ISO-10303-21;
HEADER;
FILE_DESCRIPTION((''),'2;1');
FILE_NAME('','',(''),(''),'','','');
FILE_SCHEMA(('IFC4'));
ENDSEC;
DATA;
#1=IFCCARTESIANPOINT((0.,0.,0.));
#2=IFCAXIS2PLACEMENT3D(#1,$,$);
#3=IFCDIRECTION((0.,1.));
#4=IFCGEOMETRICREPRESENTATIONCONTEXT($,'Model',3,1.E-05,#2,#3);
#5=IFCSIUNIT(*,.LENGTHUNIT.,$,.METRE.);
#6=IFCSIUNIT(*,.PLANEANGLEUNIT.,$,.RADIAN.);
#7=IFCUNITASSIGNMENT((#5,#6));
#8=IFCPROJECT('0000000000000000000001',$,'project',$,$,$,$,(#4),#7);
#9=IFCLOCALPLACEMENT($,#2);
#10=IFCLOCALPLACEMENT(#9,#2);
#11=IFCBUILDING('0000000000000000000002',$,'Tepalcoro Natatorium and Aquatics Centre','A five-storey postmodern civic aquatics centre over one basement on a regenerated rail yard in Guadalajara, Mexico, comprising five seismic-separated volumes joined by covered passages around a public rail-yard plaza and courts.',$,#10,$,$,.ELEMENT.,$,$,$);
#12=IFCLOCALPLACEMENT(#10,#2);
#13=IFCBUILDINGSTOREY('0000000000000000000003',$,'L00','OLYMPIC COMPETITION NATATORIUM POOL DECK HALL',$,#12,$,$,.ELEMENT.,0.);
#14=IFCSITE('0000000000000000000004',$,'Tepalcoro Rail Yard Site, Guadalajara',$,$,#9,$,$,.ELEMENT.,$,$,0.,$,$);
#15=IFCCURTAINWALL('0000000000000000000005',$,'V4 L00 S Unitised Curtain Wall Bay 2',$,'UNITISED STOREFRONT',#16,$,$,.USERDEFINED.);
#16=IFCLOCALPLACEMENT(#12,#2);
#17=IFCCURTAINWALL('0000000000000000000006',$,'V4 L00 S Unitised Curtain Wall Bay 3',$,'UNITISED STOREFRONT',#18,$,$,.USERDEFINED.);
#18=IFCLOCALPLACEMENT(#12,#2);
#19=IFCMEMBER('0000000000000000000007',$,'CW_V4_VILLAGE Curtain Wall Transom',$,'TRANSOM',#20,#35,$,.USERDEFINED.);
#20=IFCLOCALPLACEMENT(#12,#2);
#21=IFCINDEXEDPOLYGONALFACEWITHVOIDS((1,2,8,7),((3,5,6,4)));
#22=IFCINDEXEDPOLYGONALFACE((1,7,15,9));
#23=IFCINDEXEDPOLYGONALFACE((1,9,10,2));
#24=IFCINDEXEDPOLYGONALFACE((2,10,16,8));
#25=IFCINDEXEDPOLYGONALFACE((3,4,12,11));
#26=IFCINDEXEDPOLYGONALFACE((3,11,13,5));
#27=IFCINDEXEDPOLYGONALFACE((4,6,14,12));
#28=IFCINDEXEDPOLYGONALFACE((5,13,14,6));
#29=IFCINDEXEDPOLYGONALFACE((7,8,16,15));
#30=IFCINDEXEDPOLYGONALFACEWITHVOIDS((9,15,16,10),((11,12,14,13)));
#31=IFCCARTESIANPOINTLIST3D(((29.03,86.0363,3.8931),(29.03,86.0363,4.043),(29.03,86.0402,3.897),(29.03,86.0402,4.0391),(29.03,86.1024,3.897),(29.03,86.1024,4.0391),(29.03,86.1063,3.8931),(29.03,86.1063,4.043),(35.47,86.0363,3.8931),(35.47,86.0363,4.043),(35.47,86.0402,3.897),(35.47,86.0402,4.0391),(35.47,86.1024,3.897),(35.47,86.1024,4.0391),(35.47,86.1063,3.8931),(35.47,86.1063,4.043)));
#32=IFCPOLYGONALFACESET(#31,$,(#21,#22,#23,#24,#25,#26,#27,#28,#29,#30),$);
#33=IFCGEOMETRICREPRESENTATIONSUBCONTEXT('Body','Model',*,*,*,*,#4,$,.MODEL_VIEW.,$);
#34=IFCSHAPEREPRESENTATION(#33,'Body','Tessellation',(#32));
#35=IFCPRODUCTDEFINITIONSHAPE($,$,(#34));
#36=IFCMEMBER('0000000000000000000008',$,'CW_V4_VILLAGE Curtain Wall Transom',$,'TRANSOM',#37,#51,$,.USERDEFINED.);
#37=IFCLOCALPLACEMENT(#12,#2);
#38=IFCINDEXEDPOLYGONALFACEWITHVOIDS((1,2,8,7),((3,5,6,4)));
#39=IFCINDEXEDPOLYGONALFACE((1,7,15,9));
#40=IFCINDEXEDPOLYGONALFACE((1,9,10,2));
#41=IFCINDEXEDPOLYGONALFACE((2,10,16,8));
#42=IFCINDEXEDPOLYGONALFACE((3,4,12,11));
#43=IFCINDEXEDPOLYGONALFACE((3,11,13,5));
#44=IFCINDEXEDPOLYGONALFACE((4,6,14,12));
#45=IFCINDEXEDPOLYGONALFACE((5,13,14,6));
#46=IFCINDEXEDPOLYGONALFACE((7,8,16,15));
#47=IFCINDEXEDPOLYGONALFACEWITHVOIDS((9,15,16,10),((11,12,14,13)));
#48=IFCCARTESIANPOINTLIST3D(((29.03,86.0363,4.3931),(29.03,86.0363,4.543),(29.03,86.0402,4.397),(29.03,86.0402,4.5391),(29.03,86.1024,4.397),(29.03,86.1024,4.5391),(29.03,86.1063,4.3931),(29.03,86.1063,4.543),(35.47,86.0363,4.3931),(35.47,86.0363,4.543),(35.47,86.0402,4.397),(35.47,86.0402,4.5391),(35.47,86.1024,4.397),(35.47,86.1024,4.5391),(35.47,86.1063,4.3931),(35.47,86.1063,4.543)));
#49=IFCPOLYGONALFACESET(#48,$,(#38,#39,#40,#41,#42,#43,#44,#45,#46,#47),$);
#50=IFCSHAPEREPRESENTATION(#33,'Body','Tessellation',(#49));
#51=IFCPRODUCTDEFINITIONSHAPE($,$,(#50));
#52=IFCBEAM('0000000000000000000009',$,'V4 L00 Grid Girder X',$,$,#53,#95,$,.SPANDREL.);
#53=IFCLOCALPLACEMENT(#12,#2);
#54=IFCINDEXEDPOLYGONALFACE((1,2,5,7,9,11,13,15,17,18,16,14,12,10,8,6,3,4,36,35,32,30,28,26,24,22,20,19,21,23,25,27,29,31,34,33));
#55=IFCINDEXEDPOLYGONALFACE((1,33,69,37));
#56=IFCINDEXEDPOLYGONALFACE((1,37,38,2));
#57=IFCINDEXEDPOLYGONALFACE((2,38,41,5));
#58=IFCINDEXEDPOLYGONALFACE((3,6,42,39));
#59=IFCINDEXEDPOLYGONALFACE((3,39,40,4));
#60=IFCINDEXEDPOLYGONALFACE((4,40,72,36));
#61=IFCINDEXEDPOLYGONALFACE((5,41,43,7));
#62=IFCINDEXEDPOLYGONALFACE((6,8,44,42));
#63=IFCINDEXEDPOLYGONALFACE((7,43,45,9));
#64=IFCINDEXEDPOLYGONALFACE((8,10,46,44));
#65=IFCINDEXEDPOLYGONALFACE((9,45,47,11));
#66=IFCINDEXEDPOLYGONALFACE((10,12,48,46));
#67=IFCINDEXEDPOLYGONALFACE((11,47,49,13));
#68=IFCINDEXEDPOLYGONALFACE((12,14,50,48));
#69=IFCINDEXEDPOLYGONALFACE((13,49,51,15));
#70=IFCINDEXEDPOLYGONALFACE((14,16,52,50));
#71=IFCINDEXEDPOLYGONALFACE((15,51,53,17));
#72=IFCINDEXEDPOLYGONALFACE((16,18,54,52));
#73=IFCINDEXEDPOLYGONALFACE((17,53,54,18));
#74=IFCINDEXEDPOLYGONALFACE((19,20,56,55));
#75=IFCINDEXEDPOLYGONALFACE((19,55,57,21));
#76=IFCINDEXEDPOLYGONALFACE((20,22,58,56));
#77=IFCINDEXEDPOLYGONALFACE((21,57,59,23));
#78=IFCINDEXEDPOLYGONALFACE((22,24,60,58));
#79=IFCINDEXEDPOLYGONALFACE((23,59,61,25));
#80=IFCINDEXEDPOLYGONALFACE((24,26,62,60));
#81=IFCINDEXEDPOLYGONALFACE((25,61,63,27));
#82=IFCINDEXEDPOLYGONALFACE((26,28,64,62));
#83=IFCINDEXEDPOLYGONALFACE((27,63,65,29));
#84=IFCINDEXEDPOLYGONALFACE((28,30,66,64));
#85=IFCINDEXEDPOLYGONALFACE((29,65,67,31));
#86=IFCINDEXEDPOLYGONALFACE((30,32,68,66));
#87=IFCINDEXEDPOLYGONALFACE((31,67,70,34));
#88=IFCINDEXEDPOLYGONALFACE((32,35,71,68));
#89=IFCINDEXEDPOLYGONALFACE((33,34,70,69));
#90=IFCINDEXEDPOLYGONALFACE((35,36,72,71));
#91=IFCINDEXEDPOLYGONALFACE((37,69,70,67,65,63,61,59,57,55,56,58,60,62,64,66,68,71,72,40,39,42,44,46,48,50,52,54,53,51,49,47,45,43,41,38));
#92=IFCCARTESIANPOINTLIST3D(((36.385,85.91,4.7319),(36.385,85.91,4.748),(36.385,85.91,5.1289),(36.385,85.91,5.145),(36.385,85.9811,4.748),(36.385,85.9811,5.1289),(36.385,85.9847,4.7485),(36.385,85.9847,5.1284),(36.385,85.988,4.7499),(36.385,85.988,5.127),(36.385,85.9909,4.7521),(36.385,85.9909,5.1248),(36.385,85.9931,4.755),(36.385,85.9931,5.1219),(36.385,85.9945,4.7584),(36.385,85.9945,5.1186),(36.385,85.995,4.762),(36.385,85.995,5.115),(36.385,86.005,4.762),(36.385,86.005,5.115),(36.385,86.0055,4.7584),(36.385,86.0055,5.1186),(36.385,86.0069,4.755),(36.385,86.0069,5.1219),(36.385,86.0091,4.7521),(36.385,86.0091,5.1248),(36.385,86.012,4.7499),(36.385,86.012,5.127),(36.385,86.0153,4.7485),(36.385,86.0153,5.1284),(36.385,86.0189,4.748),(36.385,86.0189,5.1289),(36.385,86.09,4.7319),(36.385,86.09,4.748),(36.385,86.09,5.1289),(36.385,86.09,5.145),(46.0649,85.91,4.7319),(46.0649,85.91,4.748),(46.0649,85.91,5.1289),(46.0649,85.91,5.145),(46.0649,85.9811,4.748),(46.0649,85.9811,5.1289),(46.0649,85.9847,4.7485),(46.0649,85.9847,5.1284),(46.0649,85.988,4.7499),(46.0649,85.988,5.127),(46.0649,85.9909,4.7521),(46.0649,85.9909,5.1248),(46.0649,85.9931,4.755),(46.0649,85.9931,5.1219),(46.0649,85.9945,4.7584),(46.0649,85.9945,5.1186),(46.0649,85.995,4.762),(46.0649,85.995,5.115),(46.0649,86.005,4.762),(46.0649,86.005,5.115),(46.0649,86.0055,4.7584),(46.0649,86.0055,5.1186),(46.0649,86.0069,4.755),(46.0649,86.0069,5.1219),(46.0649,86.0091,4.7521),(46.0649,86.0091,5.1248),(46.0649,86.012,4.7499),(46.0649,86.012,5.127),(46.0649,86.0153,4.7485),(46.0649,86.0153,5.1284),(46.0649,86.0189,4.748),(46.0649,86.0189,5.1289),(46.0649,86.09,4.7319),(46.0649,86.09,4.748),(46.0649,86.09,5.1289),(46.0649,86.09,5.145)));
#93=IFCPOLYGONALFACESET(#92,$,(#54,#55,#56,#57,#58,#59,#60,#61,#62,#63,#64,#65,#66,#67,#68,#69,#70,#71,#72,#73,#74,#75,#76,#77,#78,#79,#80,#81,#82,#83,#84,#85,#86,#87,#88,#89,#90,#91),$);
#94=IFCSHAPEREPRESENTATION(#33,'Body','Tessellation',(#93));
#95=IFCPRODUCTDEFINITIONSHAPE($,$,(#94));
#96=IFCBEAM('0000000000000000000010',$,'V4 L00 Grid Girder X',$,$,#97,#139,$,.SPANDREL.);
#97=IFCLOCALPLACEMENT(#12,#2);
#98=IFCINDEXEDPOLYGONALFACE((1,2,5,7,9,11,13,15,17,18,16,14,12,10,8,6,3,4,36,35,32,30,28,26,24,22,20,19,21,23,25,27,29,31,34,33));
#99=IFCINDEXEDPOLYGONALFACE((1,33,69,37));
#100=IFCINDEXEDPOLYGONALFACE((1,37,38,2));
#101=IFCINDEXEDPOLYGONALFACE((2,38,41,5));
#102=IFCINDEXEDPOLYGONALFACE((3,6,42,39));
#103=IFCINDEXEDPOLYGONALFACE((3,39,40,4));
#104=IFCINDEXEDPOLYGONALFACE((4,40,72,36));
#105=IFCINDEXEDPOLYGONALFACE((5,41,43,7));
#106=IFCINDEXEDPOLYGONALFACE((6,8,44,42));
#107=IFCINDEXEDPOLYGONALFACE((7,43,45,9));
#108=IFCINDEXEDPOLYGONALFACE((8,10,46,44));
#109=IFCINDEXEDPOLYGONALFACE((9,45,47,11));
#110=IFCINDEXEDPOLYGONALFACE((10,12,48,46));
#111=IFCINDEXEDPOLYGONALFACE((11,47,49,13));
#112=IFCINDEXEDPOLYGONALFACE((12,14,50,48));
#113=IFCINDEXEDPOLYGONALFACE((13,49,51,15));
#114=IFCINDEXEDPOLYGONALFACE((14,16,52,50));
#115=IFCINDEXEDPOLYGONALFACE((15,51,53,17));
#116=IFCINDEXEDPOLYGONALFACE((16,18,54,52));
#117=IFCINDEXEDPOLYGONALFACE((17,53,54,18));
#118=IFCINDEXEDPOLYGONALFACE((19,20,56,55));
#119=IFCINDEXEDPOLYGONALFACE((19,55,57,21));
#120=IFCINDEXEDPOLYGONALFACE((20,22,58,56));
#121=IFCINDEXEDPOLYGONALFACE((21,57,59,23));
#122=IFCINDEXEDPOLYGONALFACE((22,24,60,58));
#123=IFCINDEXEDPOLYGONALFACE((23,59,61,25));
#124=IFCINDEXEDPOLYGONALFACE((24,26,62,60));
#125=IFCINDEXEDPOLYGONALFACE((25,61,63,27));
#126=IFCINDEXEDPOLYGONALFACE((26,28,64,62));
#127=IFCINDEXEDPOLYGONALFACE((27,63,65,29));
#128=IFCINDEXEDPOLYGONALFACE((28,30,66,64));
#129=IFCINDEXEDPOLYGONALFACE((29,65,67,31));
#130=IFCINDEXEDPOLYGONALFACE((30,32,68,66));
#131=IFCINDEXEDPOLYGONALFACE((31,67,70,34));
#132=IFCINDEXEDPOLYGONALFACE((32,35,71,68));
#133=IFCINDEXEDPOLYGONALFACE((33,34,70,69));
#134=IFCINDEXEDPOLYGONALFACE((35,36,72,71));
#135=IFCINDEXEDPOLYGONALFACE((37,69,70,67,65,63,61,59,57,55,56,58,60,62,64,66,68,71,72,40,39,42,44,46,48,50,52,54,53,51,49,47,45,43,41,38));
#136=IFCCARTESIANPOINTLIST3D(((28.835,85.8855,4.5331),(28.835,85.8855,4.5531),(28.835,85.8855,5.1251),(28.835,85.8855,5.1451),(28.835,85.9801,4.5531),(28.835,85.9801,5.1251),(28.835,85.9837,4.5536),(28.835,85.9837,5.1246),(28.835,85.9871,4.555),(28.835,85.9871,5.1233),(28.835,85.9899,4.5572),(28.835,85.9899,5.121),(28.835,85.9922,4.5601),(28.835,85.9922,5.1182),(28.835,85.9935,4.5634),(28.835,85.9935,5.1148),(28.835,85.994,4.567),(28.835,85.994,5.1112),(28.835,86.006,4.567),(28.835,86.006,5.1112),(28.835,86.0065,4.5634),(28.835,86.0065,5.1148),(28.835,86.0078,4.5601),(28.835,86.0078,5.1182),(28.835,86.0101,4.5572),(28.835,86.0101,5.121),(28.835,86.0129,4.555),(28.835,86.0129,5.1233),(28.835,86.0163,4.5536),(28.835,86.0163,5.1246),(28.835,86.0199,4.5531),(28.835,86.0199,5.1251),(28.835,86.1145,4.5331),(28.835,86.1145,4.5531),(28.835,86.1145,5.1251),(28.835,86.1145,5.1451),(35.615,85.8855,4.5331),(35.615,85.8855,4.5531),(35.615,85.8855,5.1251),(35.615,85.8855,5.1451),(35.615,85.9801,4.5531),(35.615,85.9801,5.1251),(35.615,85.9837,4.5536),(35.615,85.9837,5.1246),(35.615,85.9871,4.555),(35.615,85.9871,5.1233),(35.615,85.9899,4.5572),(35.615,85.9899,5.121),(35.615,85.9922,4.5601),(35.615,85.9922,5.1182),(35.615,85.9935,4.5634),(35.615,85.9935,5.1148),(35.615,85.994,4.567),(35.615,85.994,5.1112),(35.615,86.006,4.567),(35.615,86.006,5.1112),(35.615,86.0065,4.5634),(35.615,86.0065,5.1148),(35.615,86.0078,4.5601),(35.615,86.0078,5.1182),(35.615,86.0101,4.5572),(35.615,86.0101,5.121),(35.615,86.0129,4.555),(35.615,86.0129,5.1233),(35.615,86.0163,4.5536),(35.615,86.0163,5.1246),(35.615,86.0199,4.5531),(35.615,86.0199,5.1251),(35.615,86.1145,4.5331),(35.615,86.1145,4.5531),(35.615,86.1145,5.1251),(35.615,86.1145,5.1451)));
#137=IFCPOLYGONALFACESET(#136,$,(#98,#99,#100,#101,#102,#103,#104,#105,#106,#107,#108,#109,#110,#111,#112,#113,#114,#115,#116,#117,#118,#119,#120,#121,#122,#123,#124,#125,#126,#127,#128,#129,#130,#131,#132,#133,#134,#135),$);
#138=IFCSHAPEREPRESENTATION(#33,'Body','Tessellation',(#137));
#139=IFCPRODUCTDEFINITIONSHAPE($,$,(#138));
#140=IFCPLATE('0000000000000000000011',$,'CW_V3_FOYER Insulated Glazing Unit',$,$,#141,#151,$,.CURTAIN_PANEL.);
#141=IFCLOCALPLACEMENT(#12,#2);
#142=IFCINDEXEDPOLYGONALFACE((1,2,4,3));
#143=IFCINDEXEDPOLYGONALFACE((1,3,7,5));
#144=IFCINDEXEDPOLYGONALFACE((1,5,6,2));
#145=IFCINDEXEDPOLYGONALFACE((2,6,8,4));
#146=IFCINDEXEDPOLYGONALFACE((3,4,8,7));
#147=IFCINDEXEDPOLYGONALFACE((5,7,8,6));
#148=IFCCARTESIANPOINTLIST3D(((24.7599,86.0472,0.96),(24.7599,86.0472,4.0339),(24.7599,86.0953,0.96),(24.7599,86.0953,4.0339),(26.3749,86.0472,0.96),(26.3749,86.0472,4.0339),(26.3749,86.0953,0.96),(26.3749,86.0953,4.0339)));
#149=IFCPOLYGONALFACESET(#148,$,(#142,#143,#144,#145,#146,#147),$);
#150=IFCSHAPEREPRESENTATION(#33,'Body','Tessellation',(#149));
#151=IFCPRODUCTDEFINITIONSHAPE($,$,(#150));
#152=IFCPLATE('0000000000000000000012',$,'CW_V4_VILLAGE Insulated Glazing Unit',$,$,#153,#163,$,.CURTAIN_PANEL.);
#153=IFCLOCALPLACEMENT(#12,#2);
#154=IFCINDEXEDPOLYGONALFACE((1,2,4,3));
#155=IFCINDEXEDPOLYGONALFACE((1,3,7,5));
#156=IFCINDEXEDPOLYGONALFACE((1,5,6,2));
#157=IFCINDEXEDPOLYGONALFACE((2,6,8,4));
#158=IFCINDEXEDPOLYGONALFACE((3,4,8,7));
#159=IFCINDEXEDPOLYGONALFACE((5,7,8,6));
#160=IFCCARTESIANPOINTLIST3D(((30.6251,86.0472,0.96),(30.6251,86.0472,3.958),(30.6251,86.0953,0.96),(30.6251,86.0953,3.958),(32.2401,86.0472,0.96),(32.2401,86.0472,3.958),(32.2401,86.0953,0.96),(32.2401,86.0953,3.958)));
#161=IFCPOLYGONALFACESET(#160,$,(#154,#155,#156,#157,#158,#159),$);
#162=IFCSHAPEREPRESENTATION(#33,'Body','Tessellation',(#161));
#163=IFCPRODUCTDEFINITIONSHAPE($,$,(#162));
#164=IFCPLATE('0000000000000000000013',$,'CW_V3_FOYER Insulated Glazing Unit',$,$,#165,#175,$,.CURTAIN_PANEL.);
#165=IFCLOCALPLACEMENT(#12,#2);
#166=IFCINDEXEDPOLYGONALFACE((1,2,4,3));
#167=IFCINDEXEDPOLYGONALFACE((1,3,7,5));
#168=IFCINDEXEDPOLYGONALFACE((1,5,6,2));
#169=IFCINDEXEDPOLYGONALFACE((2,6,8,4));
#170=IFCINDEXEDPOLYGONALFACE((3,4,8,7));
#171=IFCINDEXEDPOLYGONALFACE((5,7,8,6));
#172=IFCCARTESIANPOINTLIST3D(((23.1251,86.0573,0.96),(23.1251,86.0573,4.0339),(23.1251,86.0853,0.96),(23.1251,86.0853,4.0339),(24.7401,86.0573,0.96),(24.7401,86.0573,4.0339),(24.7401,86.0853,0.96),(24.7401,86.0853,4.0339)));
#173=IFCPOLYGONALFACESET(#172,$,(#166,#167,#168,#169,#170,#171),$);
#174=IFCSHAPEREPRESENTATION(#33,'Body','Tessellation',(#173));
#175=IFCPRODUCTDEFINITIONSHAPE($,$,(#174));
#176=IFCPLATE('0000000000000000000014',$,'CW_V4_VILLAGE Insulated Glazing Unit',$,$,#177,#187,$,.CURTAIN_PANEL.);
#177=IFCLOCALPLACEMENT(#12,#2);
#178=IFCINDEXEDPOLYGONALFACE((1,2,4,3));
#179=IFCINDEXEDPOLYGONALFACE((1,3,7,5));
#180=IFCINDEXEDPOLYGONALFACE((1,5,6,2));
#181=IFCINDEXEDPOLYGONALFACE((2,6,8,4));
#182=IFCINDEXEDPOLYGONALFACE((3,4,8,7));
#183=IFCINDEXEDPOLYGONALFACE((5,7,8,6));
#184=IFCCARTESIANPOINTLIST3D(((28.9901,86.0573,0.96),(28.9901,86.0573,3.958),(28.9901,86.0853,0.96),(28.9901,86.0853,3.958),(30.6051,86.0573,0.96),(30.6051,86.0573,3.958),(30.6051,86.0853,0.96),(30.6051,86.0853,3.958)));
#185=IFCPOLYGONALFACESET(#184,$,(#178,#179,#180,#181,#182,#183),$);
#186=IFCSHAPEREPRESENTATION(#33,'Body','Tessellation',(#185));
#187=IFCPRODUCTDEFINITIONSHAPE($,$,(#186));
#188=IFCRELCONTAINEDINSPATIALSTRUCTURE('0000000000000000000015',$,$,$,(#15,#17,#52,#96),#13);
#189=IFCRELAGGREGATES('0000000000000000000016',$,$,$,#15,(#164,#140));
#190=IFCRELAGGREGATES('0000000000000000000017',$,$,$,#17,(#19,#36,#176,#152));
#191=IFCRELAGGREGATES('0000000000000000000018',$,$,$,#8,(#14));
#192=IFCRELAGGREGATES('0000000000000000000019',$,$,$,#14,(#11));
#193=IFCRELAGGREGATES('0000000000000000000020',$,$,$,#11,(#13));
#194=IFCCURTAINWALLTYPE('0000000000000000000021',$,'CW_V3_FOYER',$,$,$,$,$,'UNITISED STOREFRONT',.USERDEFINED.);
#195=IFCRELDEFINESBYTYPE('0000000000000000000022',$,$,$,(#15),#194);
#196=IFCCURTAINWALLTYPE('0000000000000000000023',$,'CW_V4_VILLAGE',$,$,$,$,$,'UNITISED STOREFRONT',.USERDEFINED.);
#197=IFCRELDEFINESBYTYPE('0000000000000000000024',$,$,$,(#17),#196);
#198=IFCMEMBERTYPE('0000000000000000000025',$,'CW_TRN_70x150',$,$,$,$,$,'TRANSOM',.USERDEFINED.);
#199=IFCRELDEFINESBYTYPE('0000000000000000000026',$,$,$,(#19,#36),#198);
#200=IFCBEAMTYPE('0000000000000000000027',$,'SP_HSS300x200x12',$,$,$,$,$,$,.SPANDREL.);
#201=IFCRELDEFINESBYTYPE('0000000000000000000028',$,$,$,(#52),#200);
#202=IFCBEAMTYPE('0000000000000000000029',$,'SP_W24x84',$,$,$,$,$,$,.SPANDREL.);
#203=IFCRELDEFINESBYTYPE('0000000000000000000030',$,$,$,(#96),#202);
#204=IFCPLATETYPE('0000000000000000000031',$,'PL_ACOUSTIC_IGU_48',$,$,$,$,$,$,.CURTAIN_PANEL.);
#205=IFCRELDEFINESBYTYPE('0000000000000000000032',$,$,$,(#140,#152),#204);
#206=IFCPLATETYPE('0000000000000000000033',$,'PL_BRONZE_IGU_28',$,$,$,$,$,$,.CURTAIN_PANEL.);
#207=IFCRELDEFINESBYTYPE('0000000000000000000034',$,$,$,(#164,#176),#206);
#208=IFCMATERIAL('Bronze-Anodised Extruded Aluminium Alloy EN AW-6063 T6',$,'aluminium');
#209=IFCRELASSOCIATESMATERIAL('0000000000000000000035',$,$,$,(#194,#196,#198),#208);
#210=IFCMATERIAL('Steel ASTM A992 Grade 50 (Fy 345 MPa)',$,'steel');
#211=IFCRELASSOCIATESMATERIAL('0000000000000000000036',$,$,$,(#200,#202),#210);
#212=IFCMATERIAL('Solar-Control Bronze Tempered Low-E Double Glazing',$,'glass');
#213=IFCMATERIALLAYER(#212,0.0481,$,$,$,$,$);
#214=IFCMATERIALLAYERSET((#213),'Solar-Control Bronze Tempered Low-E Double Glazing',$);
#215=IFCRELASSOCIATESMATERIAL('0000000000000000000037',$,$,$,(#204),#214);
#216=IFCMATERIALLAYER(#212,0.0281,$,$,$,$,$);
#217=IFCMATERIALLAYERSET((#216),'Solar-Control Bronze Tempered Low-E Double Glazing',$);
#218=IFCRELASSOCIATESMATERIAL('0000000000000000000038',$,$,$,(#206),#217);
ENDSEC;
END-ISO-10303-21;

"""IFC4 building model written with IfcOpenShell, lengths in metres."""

from ifc_helpers import new_model, si_unit, direction, frame, origin, origin_2d, place, context, subcontext, project, spatial, rectangle, hollow_rectangle, i_section, extrude, material, layer, layer_set, material_profile, profile_set, type_object, element, aggregate, save


model = new_model("IFC4")

# Units and contexts
model_context = context("Model", 3, precision=1e-05, world=origin(), true_north=direction((0.0, 1.0)))
body_context = subcontext(model_context, "Body", "Model", "MODEL_VIEW")
ifc_project = project(units=[si_unit("LENGTHUNIT", "METRE"), si_unit("PLANEANGLEUNIT", "RADIAN")], contexts=[model_context])

# Site, building, storey
site_placement = place(None, origin())
site = spatial("IfcSite", under=ifc_project, at=site_placement, Name="Tepalcoro Rail Yard Site, Guadalajara", CompositionType="ELEMENT", RefElevation=0.0)
building_placement = place(site_placement, origin())
building = spatial("IfcBuilding", under=site, at=building_placement, Name="Tepalcoro Natatorium and Aquatics Centre", Description="A five-storey postmodern civic aquatics centre over one basement on a regenerated rail yard in Guadalajara, Mexico, comprising five seismic-separated volumes joined by covered passages around a public rail-yard plaza and courts.", CompositionType="ELEMENT")
storey_placement = place(building_placement, origin())
storey = spatial("IfcBuildingStorey", under=building, at=storey_placement, Name="L00", Description="OLYMPIC COMPETITION NATATORIUM POOL DECK HALL", CompositionType="ELEMENT", Elevation=0.0)

# Curtain walls, members
ifc_material_1 = material(Name="Bronze-Anodised Extruded Aluminium Alloy EN AW-6063 T6", Category="aluminium")
curtain_wall_type_1 = type_object("IfcCurtainWallType", Name="CW_V3_FOYER", ElementType="UNITISED STOREFRONT", PredefinedType="USERDEFINED", material=ifc_material_1)
curtain_wall_1_placement = place(storey_placement, origin())
curtain_wall_1 = element("IfcCurtainWall", 1, at=curtain_wall_1_placement, inside=storey, type_object=curtain_wall_type_1, Name="V4 L00 S Unitised Curtain Wall Bay 2", ObjectType="UNITISED STOREFRONT", PredefinedType="USERDEFINED")
curtain_wall_type_2 = type_object("IfcCurtainWallType", Name="CW_V4_VILLAGE", ElementType="UNITISED STOREFRONT", PredefinedType="USERDEFINED", material=ifc_material_1)
curtain_wall_2_placement = place(storey_placement, origin())
curtain_wall_2 = element("IfcCurtainWall", 2, at=curtain_wall_2_placement, inside=storey, type_object=curtain_wall_type_2, Name="V4 L00 S Unitised Curtain Wall Bay 3", ObjectType="UNITISED STOREFRONT", PredefinedType="USERDEFINED")
ifc_material_profile_1 = material_profile(ifc_material_1, hollow_rectangle(XDim=0.0701, YDim=0.1499, WallThickness=0.0039, at=origin_2d()), Name="AL70X150X4")
ifc_profile_set_1 = profile_set([ifc_material_profile_1], Name="Bronze-Anodised Extruded Aluminium Alloy EN AW-6063 T6")
member_type_1 = type_object("IfcMemberType", Name="CW_TRN_70x150", ElementType="TRANSOM", PredefinedType="USERDEFINED", material=ifc_profile_set_1)
member_1_placement = place(storey_placement, frame((29.03, 86.0713, 3.968), z_axis=(1.0, 0.0, 0.0), x_axis=(0.0, 1.0, 0.0)))
member_1 = element("IfcMember", 3, at=member_1_placement, type_object=member_type_1, Name="CW_V4_VILLAGE Curtain Wall Transom", ObjectType="TRANSOM", PredefinedType="USERDEFINED", context=body_context, shape_type="SweptSolid", body=[
    extrude(hollow_rectangle(XDim=0.0701, YDim=0.1499, WallThickness=0.0039, at=origin_2d()), origin(), (0.0, 0.0, 1.0), 6.4399),
])
member_2_placement = place(storey_placement, frame((29.03, 86.0713, 4.468), z_axis=(1.0, 0.0, 0.0), x_axis=(0.0, 1.0, 0.0)))
member_2 = element("IfcMember", 4, at=member_2_placement, type_object=member_type_1, Name="CW_V4_VILLAGE Curtain Wall Transom", ObjectType="TRANSOM", PredefinedType="USERDEFINED", context=body_context, shape_type="SweptSolid", body=[
    extrude(hollow_rectangle(XDim=0.0701, YDim=0.1499, WallThickness=0.0039, at=origin_2d()), origin(), (0.0, 0.0, 1.0), 6.4399),
])

# Beams
ifc_material_2 = material(Name="Steel ASTM A992 Grade 50 (Fy 345 MPa)", Category="steel")
ifc_material_profile_2 = material_profile(ifc_material_2, i_section(OverallWidth=0.1799, OverallDepth=0.4131, WebThickness=0.01, FlangeThickness=0.0161, FilletRadius=0.0139, at=origin_2d()), Name="W16X50")
ifc_profile_set_2 = profile_set([ifc_material_profile_2], Name="Steel ASTM A992 Grade 50 (Fy 345 MPa)")
beam_type_1 = type_object("IfcBeamType", Name="SP_HSS300x200x12", PredefinedType="SPANDREL", material=ifc_profile_set_2)
beam_1_placement = place(storey_placement, frame((36.385, 86.0, 4.9385), z_axis=(1.0, 0.0, 0.0), x_axis=(0.0, 1.0, 0.0)))
element("IfcBeam", 5, at=beam_1_placement, inside=storey, type_object=beam_type_1, Name="V4 L00 Grid Girder X", PredefinedType="SPANDREL", context=body_context, shape_type="SweptSolid", body=[
    extrude(i_section(OverallWidth=0.1799, OverallDepth=0.4131, WebThickness=0.01, FlangeThickness=0.0161, FilletRadius=0.0139, at=origin_2d()), origin(), (0.0, 0.0, 1.0), 9.6799),
])
ifc_material_profile_3 = material_profile(ifc_material_2, i_section(OverallWidth=0.229, OverallDepth=0.6121, WebThickness=0.012, FlangeThickness=0.02, FilletRadius=0.0139, at=origin_2d()), Name="W24X84")
ifc_profile_set_3 = profile_set([ifc_material_profile_3], Name="Steel ASTM A992 Grade 50 (Fy 345 MPa)")
beam_type_2 = type_object("IfcBeamType", Name="SP_W24x84", PredefinedType="SPANDREL", material=ifc_profile_set_3)
beam_2_placement = place(storey_placement, frame((28.835, 86.0, 4.8391), z_axis=(1.0, 0.0, 0.0), x_axis=(0.0, 1.0, 0.0)))
element("IfcBeam", 6, at=beam_2_placement, inside=storey, type_object=beam_type_2, Name="V4 L00 Grid Girder X", PredefinedType="SPANDREL", context=body_context, shape_type="SweptSolid", body=[
    extrude(i_section(OverallWidth=0.229, OverallDepth=0.6121, WebThickness=0.012, FlangeThickness=0.02, FilletRadius=0.0139, at=origin_2d()), origin(), (0.0, 0.0, 1.0), 6.78),
])

# Plates
ifc_material_3 = material(Name="Solar-Control Bronze Tempered Low-E Double Glazing", Category="glass")
ifc_layer_1 = layer(ifc_material_3, 0.0481)
ifc_layer_set_1 = layer_set([ifc_layer_1], Name="Solar-Control Bronze Tempered Low-E Double Glazing")
plate_type_1 = type_object("IfcPlateType", Name="PL_ACOUSTIC_IGU_48", PredefinedType="CURTAIN_PANEL", material=ifc_layer_set_1)
plate_1_placement = place(storey_placement, frame((25.5674, 86.0713, 0.96), z_axis=(0.0, 0.0, 1.0), x_axis=(1.0, 0.0, 0.0)))
plate_1 = element("IfcPlate", 7, at=plate_1_placement, type_object=plate_type_1, Name="CW_V3_FOYER Insulated Glazing Unit", PredefinedType="CURTAIN_PANEL", context=body_context, shape_type="SweptSolid", body=[
    extrude(rectangle(XDim=1.615, YDim=0.0481, at=origin_2d()), origin(), (0.0, 0.0, 1.0), 3.074),
])
plate_2_placement = place(storey_placement, frame((31.4326, 86.0713, 0.96), z_axis=(0.0, 0.0, 1.0), x_axis=(1.0, 0.0, 0.0)))
plate_2 = element("IfcPlate", 8, at=plate_2_placement, type_object=plate_type_1, Name="CW_V4_VILLAGE Insulated Glazing Unit", PredefinedType="CURTAIN_PANEL", context=body_context, shape_type="SweptSolid", body=[
    extrude(rectangle(XDim=1.615, YDim=0.0481, at=origin_2d()), origin(), (0.0, 0.0, 1.0), 2.998),
])
ifc_layer_2 = layer(ifc_material_3, 0.0281)
ifc_layer_set_2 = layer_set([ifc_layer_2], Name="Solar-Control Bronze Tempered Low-E Double Glazing")
plate_type_2 = type_object("IfcPlateType", Name="PL_BRONZE_IGU_28", PredefinedType="CURTAIN_PANEL", material=ifc_layer_set_2)
plate_3_placement = place(storey_placement, frame((23.9326, 86.0713, 0.96), z_axis=(0.0, 0.0, 1.0), x_axis=(1.0, 0.0, 0.0)))
plate_3 = element("IfcPlate", 9, at=plate_3_placement, type_object=plate_type_2, Name="CW_V3_FOYER Insulated Glazing Unit", PredefinedType="CURTAIN_PANEL", context=body_context, shape_type="SweptSolid", body=[
    extrude(rectangle(XDim=1.615, YDim=0.0281, at=origin_2d()), origin(), (0.0, 0.0, 1.0), 3.074),
])
plate_4_placement = place(storey_placement, frame((29.7976, 86.0713, 0.96), z_axis=(0.0, 0.0, 1.0), x_axis=(1.0, 0.0, 0.0)))
plate_4 = element("IfcPlate", 10, at=plate_4_placement, type_object=plate_type_2, Name="CW_V4_VILLAGE Insulated Glazing Unit", PredefinedType="CURTAIN_PANEL", context=body_context, shape_type="SweptSolid", body=[
    extrude(rectangle(XDim=1.615, YDim=0.0281, at=origin_2d()), origin(), (0.0, 0.0, 1.0), 2.998),
])
aggregate(curtain_wall_1, [plate_3, plate_1])
aggregate(curtain_wall_2, [member_1, member_2, plate_4, plate_2])

save(model, "model.ifc")
